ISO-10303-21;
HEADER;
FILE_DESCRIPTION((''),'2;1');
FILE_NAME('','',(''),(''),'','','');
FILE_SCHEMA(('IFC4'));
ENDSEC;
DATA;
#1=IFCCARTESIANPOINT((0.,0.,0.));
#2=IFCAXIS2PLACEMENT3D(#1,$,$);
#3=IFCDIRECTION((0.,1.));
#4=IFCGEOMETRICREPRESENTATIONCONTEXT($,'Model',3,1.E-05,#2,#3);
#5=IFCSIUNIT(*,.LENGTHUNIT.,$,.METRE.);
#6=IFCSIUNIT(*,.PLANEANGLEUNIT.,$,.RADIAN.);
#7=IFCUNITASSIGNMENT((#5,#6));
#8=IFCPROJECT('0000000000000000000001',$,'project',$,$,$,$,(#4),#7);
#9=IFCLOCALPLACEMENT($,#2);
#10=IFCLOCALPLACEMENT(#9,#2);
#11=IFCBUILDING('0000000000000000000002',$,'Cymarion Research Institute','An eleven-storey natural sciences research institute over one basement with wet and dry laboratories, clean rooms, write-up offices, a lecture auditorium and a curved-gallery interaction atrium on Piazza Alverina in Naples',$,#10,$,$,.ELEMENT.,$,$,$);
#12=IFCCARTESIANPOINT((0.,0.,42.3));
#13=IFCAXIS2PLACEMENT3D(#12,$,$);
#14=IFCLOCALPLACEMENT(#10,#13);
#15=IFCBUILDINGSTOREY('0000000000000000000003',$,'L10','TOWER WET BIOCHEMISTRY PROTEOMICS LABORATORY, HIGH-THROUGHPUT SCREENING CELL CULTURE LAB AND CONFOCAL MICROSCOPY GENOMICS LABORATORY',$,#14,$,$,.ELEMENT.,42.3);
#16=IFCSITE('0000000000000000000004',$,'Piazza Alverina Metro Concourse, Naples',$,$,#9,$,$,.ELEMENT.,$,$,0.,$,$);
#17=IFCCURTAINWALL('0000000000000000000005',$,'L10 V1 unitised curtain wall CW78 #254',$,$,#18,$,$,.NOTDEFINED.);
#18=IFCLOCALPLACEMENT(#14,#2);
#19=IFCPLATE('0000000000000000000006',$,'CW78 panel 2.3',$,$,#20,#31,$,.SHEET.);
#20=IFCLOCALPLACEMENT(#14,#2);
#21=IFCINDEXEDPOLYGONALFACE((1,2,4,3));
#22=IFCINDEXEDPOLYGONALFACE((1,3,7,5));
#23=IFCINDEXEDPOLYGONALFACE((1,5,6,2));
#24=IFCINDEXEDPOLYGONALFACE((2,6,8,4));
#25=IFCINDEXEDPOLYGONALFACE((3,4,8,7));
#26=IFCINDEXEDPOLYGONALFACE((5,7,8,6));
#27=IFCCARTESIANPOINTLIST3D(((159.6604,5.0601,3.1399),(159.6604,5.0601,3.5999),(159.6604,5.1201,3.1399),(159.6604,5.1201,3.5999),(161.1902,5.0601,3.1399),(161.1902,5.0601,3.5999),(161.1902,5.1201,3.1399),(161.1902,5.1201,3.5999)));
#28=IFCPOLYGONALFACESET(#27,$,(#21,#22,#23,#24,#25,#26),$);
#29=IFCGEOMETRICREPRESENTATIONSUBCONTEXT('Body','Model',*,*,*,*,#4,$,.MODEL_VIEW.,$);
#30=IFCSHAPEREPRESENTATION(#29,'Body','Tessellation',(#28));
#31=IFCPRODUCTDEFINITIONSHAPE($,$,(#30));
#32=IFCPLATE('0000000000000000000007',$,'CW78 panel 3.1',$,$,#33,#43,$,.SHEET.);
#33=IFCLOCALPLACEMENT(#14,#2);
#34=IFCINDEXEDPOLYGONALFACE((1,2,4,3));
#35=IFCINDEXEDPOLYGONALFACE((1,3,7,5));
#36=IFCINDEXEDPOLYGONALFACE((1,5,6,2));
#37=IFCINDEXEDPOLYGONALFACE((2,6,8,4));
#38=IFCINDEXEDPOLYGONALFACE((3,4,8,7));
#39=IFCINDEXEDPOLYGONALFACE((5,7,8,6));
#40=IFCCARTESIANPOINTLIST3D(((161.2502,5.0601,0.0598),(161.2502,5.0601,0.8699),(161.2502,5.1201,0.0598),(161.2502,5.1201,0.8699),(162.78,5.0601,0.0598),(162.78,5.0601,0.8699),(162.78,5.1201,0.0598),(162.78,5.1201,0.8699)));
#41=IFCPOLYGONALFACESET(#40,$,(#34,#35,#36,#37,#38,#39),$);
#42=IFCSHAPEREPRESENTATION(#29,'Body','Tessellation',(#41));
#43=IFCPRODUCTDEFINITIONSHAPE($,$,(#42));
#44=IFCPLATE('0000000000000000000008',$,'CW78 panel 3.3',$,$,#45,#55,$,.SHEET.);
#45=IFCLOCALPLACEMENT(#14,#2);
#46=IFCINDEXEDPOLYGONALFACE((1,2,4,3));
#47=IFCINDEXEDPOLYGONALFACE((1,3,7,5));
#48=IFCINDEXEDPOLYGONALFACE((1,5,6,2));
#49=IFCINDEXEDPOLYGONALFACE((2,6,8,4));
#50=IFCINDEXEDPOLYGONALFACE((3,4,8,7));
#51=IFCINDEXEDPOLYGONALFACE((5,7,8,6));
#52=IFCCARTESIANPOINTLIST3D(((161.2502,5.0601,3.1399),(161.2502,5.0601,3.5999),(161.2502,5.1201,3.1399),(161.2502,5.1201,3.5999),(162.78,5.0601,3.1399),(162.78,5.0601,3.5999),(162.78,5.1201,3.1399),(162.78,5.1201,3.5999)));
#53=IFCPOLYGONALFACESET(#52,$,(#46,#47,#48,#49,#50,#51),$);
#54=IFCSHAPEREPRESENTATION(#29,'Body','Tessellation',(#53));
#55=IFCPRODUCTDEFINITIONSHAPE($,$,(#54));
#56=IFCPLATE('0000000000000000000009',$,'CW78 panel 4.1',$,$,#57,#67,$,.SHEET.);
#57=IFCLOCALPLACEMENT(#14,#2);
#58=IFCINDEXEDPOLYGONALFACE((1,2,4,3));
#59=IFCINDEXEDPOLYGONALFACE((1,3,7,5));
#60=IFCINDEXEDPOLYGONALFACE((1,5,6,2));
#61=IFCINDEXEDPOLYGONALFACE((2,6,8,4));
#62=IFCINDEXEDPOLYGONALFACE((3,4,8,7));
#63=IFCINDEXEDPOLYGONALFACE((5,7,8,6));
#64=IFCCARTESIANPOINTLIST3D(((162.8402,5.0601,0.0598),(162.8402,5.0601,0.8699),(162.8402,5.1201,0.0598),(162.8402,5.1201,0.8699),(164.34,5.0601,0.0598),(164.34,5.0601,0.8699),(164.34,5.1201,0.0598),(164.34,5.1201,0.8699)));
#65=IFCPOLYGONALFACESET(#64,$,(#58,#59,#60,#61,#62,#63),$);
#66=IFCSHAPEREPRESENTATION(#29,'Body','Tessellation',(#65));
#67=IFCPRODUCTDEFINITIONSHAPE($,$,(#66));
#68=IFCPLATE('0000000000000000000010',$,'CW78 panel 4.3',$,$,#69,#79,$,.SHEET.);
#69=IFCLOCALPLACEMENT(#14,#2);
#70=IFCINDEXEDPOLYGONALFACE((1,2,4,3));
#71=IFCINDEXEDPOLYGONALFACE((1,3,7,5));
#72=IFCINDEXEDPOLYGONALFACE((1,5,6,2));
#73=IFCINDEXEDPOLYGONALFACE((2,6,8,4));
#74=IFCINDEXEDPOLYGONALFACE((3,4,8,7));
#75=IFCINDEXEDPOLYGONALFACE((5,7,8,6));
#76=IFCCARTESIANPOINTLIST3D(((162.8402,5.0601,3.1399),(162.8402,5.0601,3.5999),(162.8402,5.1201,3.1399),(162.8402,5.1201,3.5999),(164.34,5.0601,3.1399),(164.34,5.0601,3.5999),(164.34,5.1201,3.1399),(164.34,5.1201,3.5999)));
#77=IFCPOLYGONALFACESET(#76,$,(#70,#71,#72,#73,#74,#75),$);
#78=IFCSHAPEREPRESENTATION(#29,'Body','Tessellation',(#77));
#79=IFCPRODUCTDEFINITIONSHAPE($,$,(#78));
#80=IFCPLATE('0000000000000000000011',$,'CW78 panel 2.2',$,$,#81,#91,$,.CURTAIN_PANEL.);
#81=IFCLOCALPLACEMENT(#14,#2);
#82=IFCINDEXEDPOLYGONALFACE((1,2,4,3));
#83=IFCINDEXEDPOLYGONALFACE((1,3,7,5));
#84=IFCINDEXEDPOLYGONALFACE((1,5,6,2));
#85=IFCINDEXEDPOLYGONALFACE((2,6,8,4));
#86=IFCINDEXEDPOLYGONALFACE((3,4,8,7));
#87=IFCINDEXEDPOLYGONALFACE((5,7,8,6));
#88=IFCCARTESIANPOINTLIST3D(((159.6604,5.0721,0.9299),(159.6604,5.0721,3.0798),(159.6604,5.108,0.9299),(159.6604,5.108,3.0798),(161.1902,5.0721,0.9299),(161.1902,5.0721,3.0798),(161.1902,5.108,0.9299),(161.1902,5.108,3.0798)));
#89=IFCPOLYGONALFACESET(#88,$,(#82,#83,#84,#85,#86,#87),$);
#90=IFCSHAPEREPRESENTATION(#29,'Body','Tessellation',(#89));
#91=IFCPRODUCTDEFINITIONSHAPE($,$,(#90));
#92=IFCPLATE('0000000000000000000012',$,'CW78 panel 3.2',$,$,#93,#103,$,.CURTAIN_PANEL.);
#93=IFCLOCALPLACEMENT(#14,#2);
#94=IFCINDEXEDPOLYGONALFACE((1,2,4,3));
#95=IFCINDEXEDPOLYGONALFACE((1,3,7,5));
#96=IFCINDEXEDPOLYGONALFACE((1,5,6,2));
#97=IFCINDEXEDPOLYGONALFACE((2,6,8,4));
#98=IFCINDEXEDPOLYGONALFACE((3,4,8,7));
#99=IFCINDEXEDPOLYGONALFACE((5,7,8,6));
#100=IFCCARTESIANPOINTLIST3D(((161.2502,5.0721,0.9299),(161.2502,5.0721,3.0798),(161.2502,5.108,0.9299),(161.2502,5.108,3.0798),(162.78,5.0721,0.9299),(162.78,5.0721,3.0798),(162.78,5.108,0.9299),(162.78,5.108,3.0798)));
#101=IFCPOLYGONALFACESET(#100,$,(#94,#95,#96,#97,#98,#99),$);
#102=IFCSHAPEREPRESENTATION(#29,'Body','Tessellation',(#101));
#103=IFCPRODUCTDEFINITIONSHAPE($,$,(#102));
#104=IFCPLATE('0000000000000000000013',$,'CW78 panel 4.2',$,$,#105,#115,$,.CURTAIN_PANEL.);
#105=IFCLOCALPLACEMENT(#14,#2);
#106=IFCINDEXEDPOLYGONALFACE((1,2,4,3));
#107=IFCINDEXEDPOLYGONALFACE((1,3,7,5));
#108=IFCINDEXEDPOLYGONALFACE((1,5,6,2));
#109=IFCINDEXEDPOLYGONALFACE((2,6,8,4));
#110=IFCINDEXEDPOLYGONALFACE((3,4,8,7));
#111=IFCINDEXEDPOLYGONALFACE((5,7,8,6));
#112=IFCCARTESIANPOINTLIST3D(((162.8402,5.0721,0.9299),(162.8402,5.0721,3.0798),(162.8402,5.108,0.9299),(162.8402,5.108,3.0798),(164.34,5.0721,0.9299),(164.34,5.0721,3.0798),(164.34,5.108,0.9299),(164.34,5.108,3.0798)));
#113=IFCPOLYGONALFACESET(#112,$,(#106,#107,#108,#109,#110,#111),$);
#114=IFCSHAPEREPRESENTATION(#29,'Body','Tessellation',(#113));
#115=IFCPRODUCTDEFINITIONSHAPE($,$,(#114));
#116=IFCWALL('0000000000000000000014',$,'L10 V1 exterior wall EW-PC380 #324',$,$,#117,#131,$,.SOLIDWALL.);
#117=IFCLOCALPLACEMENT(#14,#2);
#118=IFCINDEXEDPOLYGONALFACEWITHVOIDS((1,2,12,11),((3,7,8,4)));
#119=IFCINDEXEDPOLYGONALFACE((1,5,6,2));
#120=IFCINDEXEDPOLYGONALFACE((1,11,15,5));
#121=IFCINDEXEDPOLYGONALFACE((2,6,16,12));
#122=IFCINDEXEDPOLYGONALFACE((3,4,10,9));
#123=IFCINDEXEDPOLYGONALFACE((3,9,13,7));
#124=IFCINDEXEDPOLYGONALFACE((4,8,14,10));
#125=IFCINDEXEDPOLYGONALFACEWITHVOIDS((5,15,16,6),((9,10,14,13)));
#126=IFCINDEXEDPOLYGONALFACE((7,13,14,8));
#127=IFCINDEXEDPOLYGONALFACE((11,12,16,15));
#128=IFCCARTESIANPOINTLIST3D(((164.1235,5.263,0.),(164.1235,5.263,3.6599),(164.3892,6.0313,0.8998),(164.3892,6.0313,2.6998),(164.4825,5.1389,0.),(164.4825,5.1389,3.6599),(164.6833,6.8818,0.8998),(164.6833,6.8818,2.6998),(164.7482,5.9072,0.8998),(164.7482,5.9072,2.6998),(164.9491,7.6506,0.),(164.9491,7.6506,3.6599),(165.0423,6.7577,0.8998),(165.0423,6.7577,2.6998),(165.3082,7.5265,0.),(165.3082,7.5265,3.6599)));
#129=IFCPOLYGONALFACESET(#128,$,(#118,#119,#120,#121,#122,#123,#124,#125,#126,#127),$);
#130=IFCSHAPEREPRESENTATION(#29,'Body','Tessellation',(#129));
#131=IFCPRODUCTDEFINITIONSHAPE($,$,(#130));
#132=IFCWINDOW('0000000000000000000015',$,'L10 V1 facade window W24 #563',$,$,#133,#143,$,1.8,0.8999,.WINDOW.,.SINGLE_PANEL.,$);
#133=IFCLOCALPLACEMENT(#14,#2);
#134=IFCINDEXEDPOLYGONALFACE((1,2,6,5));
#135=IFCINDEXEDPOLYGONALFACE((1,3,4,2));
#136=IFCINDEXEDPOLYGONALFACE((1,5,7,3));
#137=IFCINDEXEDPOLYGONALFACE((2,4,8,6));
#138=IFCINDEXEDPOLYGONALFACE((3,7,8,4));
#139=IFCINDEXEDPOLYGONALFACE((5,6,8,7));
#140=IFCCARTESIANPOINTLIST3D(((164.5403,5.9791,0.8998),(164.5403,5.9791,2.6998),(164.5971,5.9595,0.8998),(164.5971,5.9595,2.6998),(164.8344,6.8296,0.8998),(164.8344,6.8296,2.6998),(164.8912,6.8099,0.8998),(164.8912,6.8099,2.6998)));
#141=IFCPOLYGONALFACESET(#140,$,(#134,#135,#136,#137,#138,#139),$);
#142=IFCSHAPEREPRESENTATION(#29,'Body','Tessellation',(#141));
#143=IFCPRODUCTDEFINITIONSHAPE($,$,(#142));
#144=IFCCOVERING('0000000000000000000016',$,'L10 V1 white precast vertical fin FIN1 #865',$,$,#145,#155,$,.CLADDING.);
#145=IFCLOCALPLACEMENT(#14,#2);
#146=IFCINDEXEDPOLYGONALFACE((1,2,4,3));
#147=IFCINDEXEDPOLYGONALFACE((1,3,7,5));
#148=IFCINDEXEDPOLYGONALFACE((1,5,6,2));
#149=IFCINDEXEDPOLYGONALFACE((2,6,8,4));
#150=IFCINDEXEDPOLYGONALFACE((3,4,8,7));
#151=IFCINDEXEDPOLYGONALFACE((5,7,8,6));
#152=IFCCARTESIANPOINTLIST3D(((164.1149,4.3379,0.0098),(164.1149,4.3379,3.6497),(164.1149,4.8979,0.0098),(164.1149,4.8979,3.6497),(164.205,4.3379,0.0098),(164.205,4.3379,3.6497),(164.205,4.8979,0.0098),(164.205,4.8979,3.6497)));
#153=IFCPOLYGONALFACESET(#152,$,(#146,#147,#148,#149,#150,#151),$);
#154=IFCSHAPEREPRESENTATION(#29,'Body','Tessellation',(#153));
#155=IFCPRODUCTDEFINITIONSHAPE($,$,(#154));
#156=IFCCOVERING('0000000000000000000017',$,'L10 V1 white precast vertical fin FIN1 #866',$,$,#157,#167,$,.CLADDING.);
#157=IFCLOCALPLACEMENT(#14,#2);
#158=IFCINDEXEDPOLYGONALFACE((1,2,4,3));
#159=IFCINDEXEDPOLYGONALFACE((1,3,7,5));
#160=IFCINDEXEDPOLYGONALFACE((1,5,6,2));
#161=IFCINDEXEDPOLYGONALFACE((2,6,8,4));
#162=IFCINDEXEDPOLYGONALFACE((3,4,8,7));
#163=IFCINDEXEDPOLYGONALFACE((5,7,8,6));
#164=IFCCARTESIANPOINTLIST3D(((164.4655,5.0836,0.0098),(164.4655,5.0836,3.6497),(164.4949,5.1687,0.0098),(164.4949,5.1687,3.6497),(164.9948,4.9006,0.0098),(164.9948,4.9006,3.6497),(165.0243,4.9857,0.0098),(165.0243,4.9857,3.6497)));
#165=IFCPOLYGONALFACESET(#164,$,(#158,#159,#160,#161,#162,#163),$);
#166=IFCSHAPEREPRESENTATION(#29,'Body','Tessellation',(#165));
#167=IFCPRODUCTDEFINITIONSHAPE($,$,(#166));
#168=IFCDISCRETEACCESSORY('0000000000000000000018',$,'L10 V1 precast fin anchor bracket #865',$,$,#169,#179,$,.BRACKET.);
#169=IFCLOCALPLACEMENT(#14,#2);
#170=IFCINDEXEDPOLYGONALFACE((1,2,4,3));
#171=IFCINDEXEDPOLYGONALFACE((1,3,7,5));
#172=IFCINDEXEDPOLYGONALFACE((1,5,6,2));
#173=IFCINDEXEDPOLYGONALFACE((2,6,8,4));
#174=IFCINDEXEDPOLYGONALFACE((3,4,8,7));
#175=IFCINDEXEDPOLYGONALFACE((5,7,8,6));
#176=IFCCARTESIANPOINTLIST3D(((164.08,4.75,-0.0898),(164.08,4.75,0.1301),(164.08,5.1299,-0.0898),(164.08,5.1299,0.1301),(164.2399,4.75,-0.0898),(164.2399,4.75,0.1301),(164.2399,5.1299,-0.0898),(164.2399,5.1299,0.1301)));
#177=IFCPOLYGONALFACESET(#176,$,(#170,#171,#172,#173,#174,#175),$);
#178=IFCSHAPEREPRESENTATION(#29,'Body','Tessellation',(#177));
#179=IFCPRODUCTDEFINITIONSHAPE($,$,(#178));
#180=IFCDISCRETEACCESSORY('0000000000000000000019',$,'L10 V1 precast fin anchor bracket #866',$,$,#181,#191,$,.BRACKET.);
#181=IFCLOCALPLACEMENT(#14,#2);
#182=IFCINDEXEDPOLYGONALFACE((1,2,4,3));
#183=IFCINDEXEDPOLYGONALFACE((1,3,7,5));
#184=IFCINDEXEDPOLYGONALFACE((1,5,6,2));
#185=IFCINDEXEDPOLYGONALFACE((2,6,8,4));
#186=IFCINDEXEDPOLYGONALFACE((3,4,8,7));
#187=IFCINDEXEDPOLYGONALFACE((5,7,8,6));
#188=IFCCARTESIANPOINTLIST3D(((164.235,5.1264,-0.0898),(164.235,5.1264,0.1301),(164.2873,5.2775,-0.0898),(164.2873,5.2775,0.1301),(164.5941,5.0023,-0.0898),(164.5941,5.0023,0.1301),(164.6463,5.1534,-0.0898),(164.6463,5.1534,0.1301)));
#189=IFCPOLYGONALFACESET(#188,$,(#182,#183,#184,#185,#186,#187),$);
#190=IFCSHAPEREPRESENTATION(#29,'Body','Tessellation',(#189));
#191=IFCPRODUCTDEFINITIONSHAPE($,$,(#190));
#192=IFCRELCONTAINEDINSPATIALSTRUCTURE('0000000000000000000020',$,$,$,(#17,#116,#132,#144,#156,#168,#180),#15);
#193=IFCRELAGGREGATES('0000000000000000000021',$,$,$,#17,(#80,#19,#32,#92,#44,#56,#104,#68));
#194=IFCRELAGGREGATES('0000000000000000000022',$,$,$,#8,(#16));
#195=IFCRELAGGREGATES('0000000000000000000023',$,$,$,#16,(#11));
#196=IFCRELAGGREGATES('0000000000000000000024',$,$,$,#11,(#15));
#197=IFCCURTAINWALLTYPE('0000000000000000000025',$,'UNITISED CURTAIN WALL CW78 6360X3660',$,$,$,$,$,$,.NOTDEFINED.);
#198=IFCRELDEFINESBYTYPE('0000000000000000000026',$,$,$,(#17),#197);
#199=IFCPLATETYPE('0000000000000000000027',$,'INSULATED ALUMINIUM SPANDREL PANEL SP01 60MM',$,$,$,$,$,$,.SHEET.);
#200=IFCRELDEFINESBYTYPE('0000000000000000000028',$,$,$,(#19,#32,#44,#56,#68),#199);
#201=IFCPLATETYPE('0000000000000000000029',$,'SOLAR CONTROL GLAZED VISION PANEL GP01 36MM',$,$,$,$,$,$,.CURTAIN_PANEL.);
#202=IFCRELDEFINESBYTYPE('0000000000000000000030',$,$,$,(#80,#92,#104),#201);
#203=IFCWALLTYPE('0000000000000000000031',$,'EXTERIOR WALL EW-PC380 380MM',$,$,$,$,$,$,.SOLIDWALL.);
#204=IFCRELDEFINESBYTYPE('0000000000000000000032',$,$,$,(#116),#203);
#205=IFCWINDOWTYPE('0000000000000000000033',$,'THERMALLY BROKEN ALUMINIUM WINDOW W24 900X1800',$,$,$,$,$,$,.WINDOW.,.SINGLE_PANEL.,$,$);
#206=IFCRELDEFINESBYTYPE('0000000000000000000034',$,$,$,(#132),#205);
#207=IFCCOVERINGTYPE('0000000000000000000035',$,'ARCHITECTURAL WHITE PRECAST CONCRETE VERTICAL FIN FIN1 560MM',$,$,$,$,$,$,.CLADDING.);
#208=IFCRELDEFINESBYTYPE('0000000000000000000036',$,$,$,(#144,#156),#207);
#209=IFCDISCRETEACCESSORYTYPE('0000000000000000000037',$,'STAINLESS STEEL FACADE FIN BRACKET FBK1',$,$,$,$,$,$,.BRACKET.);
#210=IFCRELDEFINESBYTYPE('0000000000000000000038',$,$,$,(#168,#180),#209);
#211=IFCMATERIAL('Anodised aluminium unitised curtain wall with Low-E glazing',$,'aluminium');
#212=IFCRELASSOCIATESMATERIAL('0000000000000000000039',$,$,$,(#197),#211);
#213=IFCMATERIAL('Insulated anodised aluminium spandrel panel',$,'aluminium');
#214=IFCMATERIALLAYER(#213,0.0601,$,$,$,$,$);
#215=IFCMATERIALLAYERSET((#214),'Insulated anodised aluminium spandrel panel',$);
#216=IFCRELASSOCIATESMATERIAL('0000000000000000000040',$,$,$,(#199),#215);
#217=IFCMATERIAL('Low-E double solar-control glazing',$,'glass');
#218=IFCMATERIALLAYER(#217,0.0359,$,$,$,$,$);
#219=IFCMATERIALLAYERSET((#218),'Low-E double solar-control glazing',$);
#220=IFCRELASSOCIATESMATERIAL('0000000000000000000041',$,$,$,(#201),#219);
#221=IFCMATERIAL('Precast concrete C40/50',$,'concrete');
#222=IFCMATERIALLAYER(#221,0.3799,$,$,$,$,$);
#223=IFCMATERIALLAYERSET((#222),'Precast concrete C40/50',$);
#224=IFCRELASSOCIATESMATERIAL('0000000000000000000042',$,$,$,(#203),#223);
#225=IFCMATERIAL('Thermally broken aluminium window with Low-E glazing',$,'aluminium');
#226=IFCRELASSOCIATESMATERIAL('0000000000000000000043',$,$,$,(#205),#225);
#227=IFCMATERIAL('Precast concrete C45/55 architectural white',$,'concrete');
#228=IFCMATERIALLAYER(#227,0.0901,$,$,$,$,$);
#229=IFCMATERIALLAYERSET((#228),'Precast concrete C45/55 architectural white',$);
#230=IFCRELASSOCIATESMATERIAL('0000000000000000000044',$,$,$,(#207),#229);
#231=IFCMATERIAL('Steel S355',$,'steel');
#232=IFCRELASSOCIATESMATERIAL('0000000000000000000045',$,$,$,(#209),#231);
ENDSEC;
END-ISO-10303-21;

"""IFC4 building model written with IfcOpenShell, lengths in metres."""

from ifc_helpers import new_model, si_unit, direction, frame, frame_2d, origin, origin_2d, place, context, subcontext, project, spatial, rectangle, extrude, material, layer, layer_set, type_object, element, fill, aggregate, save


model = new_model("IFC4")

# Units and contexts
model_context = context("Model", 3, precision=1e-05, world=origin(), true_north=direction((0.0, 1.0)))
body_context = subcontext(model_context, "Body", "Model", "MODEL_VIEW")
ifc_project = project(units=[si_unit("LENGTHUNIT", "METRE"), si_unit("PLANEANGLEUNIT", "RADIAN")], contexts=[model_context])

# Site, building, storey
site_placement = place(None, origin())
site = spatial("IfcSite", under=ifc_project, at=site_placement, Name="Piazza Alverina Metro Concourse, Naples", CompositionType="ELEMENT", RefElevation=0.0)
building_placement = place(site_placement, origin())
building = spatial("IfcBuilding", under=site, at=building_placement, Name="Cymarion Research Institute", Description="An eleven-storey natural sciences research institute over one basement with wet and dry laboratories, clean rooms, write-up offices, a lecture auditorium and a curved-gallery interaction atrium on Piazza Alverina in Naples", CompositionType="ELEMENT")
storey_placement = place(building_placement, frame((0.0, 0.0, 42.3)))
storey = spatial("IfcBuildingStorey", under=building, at=storey_placement, Name="L10", Description="TOWER WET BIOCHEMISTRY PROTEOMICS LABORATORY, HIGH-THROUGHPUT SCREENING CELL CULTURE LAB AND CONFOCAL MICROSCOPY GENOMICS LABORATORY", CompositionType="ELEMENT", Elevation=42.3)

# Curtain wall, plates
ifc_material_1 = material(Name="Anodised aluminium unitised curtain wall with Low-E glazing", Category="aluminium")
curtain_wall_type = type_object("IfcCurtainWallType", Name="UNITISED CURTAIN WALL CW78 6360X3660", PredefinedType="NOTDEFINED", material=ifc_material_1)
curtain_wall_placement = place(storey_placement, origin())
curtain_wall = element("IfcCurtainWall", 1, at=curtain_wall_placement, inside=storey, type_object=curtain_wall_type, Name="L10 V1 unitised curtain wall CW78 #254", PredefinedType="NOTDEFINED")
ifc_material_2 = material(Name="Insulated anodised aluminium spandrel panel", Category="aluminium")
ifc_layer_1 = layer(ifc_material_2, 0.0601)
ifc_layer_set_1 = layer_set([ifc_layer_1], Name="Insulated anodised aluminium spandrel panel")
plate_type_1 = type_object("IfcPlateType", Name="INSULATED ALUMINIUM SPANDREL PANEL SP01 60MM", PredefinedType="SHEET", material=ifc_layer_set_1)
plate_1_placement = place(storey_placement, frame((160.4253, 5.0901, 3.1399), z_axis=(0.0, 0.0, 1.0), x_axis=(1.0, 0.0, 0.0)))
plate_1 = element("IfcPlate", 2, at=plate_1_placement, type_object=plate_type_1, Name="CW78 panel 2.3", PredefinedType="SHEET", context=body_context, shape_type="SweptSolid", body=[
    extrude(rectangle(XDim=1.5298, YDim=0.0601, at=origin_2d()), origin(), (0.0, 0.0, 1.0), 0.46),
])
plate_2_placement = place(storey_placement, frame((162.0151, 5.0901, 0.0598), z_axis=(0.0, 0.0, 1.0), x_axis=(1.0, 0.0, 0.0)))
plate_2 = element("IfcPlate", 3, at=plate_2_placement, type_object=plate_type_1, Name="CW78 panel 3.1", PredefinedType="SHEET", context=body_context, shape_type="SweptSolid", body=[
    extrude(rectangle(XDim=1.5298, YDim=0.0601, at=origin_2d()), origin(), (0.0, 0.0, 1.0), 0.8101),
])
plate_3_placement = place(storey_placement, frame((162.0151, 5.0901, 3.1399), z_axis=(0.0, 0.0, 1.0), x_axis=(1.0, 0.0, 0.0)))
plate_3 = element("IfcPlate", 4, at=plate_3_placement, type_object=plate_type_1, Name="CW78 panel 3.3", PredefinedType="SHEET", context=body_context, shape_type="SweptSolid", body=[
    extrude(rectangle(XDim=1.5298, YDim=0.0601, at=origin_2d()), origin(), (0.0, 0.0, 1.0), 0.46),
])
plate_4_placement = place(storey_placement, frame((163.5901, 5.0901, 0.0598), z_axis=(0.0, 0.0, 1.0), x_axis=(1.0, 0.0, 0.0)))
plate_4 = element("IfcPlate", 5, at=plate_4_placement, type_object=plate_type_1, Name="CW78 panel 4.1", PredefinedType="SHEET", context=body_context, shape_type="SweptSolid", body=[
    extrude(rectangle(XDim=1.4998, YDim=0.0601, at=origin_2d()), origin(), (0.0, 0.0, 1.0), 0.8101),
])
plate_5_placement = place(storey_placement, frame((163.5901, 5.0901, 3.1399), z_axis=(0.0, 0.0, 1.0), x_axis=(1.0, 0.0, 0.0)))
plate_5 = element("IfcPlate", 6, at=plate_5_placement, type_object=plate_type_1, Name="CW78 panel 4.3", PredefinedType="SHEET", context=body_context, shape_type="SweptSolid", body=[
    extrude(rectangle(XDim=1.4998, YDim=0.0601, at=origin_2d()), origin(), (0.0, 0.0, 1.0), 0.46),
])
ifc_material_3 = material(Name="Low-E double solar-control glazing", Category="glass")
ifc_layer_2 = layer(ifc_material_3, 0.0359)
ifc_layer_set_2 = layer_set([ifc_layer_2], Name="Low-E double solar-control glazing")
plate_type_2 = type_object("IfcPlateType", Name="SOLAR CONTROL GLAZED VISION PANEL GP01 36MM", PredefinedType="CURTAIN_PANEL", material=ifc_layer_set_2)
plate_6_placement = place(storey_placement, frame((160.4253, 5.0901, 0.9299), z_axis=(0.0, 0.0, 1.0), x_axis=(1.0, 0.0, 0.0)))
plate_6 = element("IfcPlate", 7, at=plate_6_placement, type_object=plate_type_2, Name="CW78 panel 2.2", PredefinedType="CURTAIN_PANEL", context=body_context, shape_type="SweptSolid", body=[
    extrude(rectangle(XDim=1.5298, YDim=0.0359, at=origin_2d()), origin(), (0.0, 0.0, 1.0), 2.1499),
])
plate_7_placement = place(storey_placement, frame((162.0151, 5.0901, 0.9299), z_axis=(0.0, 0.0, 1.0), x_axis=(1.0, 0.0, 0.0)))
plate_7 = element("IfcPlate", 8, at=plate_7_placement, type_object=plate_type_2, Name="CW78 panel 3.2", PredefinedType="CURTAIN_PANEL", context=body_context, shape_type="SweptSolid", body=[
    extrude(rectangle(XDim=1.5298, YDim=0.0359, at=origin_2d()), origin(), (0.0, 0.0, 1.0), 2.1499),
])
plate_8_placement = place(storey_placement, frame((163.5901, 5.0901, 0.9299), z_axis=(0.0, 0.0, 1.0), x_axis=(1.0, 0.0, 0.0)))
plate_8 = element("IfcPlate", 9, at=plate_8_placement, type_object=plate_type_2, Name="CW78 panel 4.2", PredefinedType="CURTAIN_PANEL", context=body_context, shape_type="SweptSolid", body=[
    extrude(rectangle(XDim=1.4998, YDim=0.0359, at=origin_2d()), origin(), (0.0, 0.0, 1.0), 2.1499),
])
aggregate(curtain_wall, [plate_6, plate_1, plate_2, plate_7, plate_3, plate_4, plate_8, plate_5])

# Wall, opening, window
ifc_material_4 = material(Name="Precast concrete C40/50", Category="concrete")
ifc_layer_3 = layer(ifc_material_4, 0.3799)
ifc_layer_set_3 = layer_set([ifc_layer_3], Name="Precast concrete C40/50")
wall_type = type_object("IfcWallType", Name="EXTERIOR WALL EW-PC380 380MM", PredefinedType="SOLIDWALL", material=ifc_layer_set_3)
wall_placement = place(storey_placement, frame((164.303, 5.2009, 0.0), z_axis=(0.0, 0.0, 1.0), x_axis=(0.326818, 0.945087, 0.0)))
wall = element("IfcWall", 10, at=wall_placement, inside=storey, type_object=wall_type, Name="L10 V1 exterior wall EW-PC380 #324", PredefinedType="SOLIDWALL", context=body_context, shape_type="SweptSolid", body=[
    extrude(rectangle(XDim=2.5264, YDim=0.3799, at=frame_2d((1.2632, 0.0))), origin(), (0.0, 0.0, 1.0), 3.6599),
])
opening_placement = place(wall_placement, frame((0.813, 0.0, 0.8999)))
opening = element("IfcOpeningElement", 11, at=opening_placement, cuts=wall, PredefinedType="OPENING", context=body_context, shape_type="SweptSolid", body=[
    extrude(rectangle(XDim=0.8999, YDim=1.8, at=frame_2d((0.45, 0.8999))), frame((0.0, 0.2, 0.0), z_axis=(0.0, -1.0, 0.0), x_axis=(1.0, 0.0, 0.0)), (0.0, 0.0, 1.0), 0.3999),
])
ifc_material_5 = material(Name="Thermally broken aluminium window with Low-E glazing", Category="aluminium")
window_type = type_object("IfcWindowType", Name="THERMALLY BROKEN ALUMINIUM WINDOW W24 900X1800", PartitioningType="SINGLE_PANEL", PredefinedType="WINDOW", material=ifc_material_5)
window_placement = place(opening_placement, origin())
window = element("IfcWindow", 12, at=window_placement, inside=storey, type_object=window_type, Name="L10 V1 facade window W24 #563", OverallHeight=1.8, OverallWidth=0.8999, PartitioningType="SINGLE_PANEL", PredefinedType="WINDOW", context=body_context, shape_type="SweptSolid", body=[
    extrude(rectangle(XDim=0.8999, YDim=1.8, at=frame_2d((0.45, 0.8999))), frame((0.0, 0.03, 0.0), z_axis=(0.0, -1.0, 0.0), x_axis=(1.0, 0.0, 0.0)), (0.0, 0.0, 1.0), 0.0601),
])
fill(opening, window)

# Coverings
ifc_material_6 = material(Name="Precast concrete C45/55 architectural white", Category="concrete")
ifc_layer_4 = layer(ifc_material_6, 0.0901)
ifc_layer_set_4 = layer_set([ifc_layer_4], Name="Precast concrete C45/55 architectural white")
covering_type = type_object("IfcCoveringType", Name="ARCHITECTURAL WHITE PRECAST CONCRETE VERTICAL FIN FIN1 560MM", PredefinedType="CLADDING", material=ifc_layer_set_4)
for number, where, z_axis, x_axis, name in (
    (13, (164.1599, 4.6179, 0.0098), (0.0, 0.0, 1.0), (0.0, -1.0, 0.0), "L10 V1 white precast vertical fin FIN1 #865"),
    (14, (164.7449, 5.0347, 0.0098), (0.0, 0.0, 1.0), (0.94512, -0.326723, 0.0), "L10 V1 white precast vertical fin FIN1 #866"),
):
    element("IfcCovering", number, at=place(storey_placement, frame(where, z_axis=z_axis, x_axis=x_axis)), inside=storey, type_object=covering_type, Name=name, PredefinedType="CLADDING", context=body_context, shape_type="SweptSolid", body=[
        extrude(rectangle(XDim=0.5601, YDim=0.0901, at=origin_2d()), origin(), (0.0, 0.0, 1.0), 3.6399),
    ])

# Discrete accessories
ifc_material_7 = material(Name="Steel S355", Category="steel")
discrete_accessory_type = type_object("IfcDiscreteAccessoryType", Name="STAINLESS STEEL FACADE FIN BRACKET FBK1", PredefinedType="BRACKET", material=ifc_material_7)
for number, where, z_axis, x_axis, name in (
    (15, (164.1599, 4.9399, -0.0898), (0.0, 0.0, 1.0), (0.0, -1.0, 0.0), "L10 V1 precast fin anchor bracket #865"),
    (16, (164.4407, 5.1399, -0.0898), (0.0, 0.0, 1.0), (0.94512, -0.326723, 0.0), "L10 V1 precast fin anchor bracket #866"),
):
    element("IfcDiscreteAccessory", number, at=place(storey_placement, frame(where, z_axis=z_axis, x_axis=x_axis)), inside=storey, type_object=discrete_accessory_type, Name=name, PredefinedType="BRACKET", context=body_context, shape_type="SweptSolid", body=[
        extrude(rectangle(XDim=0.3799, YDim=0.1599, at=origin_2d()), origin(), (0.0, 0.0, 1.0), 0.22),
    ])

save(model, "model.ifc")
